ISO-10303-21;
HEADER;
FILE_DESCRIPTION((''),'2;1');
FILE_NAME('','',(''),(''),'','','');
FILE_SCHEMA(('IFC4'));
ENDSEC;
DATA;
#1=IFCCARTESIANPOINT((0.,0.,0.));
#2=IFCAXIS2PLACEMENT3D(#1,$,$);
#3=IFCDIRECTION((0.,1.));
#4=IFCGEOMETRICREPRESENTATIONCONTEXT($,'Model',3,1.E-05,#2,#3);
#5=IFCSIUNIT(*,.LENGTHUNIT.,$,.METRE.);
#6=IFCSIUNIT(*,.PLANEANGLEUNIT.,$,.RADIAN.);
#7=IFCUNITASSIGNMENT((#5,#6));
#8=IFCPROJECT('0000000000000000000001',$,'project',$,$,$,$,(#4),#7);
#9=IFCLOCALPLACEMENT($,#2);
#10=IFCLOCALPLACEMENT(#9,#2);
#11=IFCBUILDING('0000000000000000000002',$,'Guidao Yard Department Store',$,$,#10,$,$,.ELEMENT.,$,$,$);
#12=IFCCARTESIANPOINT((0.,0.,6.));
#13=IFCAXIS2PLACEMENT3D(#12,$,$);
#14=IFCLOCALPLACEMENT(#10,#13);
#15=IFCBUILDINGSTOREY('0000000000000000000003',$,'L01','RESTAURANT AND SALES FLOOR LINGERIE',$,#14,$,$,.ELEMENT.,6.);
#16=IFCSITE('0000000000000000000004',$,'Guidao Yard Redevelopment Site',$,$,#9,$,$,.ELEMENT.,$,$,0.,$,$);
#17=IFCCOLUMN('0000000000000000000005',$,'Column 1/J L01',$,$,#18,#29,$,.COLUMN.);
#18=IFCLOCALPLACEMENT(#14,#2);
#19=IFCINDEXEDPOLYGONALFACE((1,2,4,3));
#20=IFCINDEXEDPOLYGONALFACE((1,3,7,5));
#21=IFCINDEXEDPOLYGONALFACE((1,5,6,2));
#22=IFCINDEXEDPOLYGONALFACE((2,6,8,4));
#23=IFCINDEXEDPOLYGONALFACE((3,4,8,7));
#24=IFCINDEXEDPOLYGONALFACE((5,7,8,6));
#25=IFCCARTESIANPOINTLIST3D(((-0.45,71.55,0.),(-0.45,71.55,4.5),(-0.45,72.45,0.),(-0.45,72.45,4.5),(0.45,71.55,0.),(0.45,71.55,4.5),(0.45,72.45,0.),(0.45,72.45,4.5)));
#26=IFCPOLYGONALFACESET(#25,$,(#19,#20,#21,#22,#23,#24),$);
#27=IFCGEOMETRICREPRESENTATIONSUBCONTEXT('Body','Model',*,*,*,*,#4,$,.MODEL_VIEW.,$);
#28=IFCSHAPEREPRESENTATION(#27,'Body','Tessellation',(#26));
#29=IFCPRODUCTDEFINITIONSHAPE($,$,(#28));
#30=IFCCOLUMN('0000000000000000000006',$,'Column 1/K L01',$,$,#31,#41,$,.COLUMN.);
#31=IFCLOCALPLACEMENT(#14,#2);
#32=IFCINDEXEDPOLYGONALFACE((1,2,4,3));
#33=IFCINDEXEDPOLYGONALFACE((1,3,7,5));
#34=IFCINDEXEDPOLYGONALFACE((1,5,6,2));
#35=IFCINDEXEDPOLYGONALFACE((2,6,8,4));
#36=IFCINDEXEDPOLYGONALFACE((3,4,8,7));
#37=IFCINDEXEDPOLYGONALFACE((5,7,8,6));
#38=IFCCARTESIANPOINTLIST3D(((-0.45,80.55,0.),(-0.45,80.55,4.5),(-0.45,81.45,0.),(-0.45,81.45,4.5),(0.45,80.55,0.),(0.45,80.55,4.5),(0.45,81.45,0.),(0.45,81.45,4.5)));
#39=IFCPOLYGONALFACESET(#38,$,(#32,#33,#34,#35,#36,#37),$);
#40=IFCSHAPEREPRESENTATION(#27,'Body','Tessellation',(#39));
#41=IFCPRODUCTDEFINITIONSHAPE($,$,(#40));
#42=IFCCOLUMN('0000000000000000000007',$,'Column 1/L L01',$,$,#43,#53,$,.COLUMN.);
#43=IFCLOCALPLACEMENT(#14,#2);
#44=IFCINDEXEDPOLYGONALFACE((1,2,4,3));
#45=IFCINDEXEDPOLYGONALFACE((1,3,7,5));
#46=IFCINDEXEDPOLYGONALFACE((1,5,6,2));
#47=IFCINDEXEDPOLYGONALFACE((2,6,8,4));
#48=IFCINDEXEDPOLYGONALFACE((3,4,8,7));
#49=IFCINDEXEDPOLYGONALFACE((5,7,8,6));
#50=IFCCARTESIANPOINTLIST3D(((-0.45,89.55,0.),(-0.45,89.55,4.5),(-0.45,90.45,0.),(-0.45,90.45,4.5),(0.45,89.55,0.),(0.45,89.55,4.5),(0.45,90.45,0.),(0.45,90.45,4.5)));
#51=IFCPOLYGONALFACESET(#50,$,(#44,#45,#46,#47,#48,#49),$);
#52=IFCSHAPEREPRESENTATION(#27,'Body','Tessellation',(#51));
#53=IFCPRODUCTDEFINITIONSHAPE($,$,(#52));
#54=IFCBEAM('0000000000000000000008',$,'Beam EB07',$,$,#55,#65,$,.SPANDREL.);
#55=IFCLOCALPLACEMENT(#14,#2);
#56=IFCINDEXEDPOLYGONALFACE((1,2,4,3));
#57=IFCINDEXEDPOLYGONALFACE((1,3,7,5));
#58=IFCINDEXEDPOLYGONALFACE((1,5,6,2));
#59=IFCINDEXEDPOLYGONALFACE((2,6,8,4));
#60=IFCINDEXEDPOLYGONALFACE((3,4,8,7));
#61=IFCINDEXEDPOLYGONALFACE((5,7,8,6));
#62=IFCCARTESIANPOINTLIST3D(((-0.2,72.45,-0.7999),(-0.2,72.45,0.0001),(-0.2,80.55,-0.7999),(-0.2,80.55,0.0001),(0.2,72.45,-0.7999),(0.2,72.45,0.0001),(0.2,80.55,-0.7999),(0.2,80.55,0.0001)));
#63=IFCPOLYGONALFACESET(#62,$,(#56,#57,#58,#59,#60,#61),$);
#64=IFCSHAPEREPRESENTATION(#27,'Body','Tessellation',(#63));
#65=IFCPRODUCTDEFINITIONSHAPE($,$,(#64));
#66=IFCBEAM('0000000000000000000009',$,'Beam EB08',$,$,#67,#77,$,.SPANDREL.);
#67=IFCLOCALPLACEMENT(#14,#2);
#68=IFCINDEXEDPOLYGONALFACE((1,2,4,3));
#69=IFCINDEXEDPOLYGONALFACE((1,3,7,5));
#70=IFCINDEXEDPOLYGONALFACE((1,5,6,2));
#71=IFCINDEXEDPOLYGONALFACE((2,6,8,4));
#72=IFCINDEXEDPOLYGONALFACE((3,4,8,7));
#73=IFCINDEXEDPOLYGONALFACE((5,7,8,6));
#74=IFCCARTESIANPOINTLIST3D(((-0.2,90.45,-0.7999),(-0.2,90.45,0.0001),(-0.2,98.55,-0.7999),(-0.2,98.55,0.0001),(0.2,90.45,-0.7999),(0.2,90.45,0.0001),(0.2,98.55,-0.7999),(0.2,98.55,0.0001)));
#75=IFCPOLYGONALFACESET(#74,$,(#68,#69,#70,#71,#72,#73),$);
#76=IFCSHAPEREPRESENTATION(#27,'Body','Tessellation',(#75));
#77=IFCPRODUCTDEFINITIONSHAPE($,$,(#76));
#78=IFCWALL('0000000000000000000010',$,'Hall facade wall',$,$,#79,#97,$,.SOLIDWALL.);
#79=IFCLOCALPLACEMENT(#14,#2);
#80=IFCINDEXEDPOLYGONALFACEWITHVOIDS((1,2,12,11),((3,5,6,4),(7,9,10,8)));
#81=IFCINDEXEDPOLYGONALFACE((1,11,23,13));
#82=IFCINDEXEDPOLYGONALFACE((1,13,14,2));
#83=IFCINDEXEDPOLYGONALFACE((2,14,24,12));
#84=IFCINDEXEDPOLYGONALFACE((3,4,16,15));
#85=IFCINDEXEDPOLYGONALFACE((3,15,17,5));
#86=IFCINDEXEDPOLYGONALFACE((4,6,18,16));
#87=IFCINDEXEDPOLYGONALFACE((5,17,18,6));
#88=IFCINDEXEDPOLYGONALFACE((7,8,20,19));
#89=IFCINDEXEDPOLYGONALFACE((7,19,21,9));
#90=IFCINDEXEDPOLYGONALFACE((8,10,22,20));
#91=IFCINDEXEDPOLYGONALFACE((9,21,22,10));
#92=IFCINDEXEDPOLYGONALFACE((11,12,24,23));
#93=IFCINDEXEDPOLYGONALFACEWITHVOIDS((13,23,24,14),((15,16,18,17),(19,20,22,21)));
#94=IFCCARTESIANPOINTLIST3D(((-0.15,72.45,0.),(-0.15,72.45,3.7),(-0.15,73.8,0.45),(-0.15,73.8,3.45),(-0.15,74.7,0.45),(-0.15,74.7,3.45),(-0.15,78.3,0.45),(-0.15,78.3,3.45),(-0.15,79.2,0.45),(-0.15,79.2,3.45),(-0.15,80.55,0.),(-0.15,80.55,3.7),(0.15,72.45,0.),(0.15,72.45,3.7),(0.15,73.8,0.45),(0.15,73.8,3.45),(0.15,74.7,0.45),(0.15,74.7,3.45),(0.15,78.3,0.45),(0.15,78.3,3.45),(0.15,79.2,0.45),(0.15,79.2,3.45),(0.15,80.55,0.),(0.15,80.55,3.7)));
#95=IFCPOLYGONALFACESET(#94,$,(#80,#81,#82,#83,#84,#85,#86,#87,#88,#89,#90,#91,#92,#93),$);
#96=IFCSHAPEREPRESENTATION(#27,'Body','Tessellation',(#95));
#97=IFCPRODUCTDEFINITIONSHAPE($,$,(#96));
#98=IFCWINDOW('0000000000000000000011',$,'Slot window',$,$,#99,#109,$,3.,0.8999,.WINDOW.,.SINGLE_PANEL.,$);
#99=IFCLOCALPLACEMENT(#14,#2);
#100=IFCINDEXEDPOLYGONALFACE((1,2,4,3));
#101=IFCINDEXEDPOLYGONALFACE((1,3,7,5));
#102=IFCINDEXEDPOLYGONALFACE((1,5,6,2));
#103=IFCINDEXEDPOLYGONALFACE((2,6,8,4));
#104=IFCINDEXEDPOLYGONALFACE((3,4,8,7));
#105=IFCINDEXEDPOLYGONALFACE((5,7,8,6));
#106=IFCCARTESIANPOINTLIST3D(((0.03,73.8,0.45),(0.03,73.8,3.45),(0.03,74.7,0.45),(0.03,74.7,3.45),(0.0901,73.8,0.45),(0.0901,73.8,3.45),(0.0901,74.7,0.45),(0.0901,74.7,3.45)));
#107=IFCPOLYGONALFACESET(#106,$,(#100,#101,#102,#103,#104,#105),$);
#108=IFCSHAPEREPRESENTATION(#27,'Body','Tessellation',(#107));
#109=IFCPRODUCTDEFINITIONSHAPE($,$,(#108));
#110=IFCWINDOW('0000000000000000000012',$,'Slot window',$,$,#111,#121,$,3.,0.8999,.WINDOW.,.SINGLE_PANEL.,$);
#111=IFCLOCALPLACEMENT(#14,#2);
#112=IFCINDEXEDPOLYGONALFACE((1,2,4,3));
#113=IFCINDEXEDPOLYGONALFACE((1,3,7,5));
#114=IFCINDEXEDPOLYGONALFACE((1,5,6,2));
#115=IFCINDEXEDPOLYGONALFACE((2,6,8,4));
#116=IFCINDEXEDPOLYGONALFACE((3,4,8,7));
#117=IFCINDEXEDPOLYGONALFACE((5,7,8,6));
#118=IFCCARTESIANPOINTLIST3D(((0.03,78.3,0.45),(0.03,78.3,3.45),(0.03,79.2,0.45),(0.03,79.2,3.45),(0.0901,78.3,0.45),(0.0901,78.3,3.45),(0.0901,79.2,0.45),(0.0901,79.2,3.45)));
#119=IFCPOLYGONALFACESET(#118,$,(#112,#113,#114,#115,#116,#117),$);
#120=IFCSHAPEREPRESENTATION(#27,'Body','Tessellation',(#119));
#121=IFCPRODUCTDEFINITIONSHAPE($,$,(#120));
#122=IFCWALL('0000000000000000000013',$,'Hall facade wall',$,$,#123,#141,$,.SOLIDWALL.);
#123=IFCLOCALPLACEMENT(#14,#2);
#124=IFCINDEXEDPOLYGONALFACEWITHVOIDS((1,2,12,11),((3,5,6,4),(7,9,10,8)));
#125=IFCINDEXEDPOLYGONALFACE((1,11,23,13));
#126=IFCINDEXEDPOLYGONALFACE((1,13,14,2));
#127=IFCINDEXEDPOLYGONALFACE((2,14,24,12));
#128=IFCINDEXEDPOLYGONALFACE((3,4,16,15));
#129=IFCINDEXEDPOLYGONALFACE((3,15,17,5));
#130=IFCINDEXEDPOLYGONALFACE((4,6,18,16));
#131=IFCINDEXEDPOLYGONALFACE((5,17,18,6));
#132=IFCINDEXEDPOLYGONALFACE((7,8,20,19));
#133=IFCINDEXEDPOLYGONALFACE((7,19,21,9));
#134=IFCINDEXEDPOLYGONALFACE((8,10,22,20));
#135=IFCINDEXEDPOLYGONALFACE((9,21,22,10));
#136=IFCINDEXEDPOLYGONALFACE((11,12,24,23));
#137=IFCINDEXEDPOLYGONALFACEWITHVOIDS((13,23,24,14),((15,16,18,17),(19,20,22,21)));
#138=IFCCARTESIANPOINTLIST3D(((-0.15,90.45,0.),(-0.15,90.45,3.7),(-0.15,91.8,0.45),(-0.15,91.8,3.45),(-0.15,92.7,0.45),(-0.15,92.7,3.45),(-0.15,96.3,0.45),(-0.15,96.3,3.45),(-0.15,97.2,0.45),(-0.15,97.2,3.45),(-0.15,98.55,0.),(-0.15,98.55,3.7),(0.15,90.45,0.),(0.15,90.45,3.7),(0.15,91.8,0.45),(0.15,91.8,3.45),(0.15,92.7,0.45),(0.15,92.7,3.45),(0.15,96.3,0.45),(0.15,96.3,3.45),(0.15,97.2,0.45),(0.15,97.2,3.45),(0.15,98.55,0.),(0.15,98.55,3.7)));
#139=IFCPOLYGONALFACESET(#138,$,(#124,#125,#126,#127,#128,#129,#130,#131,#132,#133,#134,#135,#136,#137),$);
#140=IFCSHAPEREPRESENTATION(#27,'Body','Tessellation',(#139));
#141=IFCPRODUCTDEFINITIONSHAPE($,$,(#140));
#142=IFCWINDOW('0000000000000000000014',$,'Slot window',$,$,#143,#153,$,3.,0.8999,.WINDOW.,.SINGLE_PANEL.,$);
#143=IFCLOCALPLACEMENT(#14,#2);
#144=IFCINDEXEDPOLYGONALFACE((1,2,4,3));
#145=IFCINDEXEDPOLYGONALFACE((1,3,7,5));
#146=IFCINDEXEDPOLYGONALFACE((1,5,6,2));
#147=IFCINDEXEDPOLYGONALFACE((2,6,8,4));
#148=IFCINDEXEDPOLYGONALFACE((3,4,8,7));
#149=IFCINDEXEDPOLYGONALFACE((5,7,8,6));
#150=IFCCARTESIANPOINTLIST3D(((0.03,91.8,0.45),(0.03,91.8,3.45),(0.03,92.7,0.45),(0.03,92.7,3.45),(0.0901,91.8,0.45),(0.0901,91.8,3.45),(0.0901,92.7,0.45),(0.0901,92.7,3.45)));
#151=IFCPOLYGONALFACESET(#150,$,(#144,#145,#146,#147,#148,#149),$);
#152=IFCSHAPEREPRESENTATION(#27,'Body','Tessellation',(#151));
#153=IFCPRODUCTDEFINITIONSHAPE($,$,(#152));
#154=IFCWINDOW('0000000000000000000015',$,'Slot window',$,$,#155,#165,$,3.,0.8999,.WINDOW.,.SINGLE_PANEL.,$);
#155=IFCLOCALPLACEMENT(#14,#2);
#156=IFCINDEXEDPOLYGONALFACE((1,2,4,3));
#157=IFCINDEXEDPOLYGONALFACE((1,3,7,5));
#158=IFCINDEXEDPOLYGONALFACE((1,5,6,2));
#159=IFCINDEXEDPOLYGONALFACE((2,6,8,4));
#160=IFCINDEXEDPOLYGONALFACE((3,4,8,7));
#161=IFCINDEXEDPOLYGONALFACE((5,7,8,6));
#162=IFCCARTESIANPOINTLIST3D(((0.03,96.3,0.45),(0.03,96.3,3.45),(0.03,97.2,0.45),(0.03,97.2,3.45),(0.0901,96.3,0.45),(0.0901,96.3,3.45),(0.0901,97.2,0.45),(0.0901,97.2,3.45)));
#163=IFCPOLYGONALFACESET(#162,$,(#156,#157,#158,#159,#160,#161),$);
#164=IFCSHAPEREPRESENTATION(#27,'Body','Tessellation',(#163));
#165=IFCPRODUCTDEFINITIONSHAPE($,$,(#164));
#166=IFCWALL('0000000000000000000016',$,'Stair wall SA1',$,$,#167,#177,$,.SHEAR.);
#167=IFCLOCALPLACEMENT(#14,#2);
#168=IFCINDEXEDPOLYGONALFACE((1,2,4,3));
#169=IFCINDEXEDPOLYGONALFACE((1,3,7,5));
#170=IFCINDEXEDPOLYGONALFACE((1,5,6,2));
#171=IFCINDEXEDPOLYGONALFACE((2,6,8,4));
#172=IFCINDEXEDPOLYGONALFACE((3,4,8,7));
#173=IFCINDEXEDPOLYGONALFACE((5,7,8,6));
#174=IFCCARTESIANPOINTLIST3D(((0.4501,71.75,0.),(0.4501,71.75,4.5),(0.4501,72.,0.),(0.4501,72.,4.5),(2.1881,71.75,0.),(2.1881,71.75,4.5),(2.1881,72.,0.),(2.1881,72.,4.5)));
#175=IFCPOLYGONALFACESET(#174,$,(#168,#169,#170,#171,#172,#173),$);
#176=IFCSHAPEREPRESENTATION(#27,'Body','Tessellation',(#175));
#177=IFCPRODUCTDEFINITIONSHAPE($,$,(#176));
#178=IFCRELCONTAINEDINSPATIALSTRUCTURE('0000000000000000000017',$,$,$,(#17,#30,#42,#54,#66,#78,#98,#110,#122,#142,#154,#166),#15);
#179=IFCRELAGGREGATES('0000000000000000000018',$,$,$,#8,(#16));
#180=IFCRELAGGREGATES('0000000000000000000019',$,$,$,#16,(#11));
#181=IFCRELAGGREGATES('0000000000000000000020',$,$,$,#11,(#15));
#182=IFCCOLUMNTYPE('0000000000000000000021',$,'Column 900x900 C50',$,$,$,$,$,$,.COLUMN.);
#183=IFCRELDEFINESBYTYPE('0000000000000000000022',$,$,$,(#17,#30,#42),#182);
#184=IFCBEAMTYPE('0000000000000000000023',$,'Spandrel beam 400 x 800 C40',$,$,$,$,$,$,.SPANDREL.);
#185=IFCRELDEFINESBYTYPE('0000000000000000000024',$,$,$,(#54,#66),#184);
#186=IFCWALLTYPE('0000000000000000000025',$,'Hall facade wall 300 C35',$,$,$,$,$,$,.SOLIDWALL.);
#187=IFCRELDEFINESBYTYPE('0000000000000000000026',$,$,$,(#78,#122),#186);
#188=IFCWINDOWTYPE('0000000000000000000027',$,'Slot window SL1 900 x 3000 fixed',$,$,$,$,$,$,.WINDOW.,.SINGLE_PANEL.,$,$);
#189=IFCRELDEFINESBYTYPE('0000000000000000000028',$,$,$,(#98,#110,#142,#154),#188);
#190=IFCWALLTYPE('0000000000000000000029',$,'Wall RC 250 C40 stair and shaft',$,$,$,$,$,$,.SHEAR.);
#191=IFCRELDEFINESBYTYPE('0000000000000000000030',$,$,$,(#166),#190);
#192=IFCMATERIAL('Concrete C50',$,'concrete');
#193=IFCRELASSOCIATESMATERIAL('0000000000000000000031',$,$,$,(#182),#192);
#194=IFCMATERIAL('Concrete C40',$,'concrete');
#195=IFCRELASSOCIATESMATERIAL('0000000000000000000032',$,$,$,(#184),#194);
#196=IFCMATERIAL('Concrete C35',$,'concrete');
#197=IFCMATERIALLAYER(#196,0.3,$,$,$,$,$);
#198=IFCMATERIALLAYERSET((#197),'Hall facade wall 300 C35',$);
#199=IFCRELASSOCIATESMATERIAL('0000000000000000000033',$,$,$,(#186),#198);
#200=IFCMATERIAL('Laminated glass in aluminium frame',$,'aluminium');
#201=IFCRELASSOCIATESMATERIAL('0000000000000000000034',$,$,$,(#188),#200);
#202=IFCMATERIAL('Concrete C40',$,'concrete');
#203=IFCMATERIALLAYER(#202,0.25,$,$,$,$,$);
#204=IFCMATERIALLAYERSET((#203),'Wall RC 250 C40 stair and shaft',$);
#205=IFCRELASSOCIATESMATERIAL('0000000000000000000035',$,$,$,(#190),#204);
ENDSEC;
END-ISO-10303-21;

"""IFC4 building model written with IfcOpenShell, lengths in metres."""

from ifc_helpers import new_model, si_unit, direction, frame, frame_2d, origin, origin_2d, place, context, subcontext, project, spatial, rectangle, extrude, material, layer, layer_set, material_profile, profile_set, type_object, element, fill, save


model = new_model("IFC4")

# Units and contexts
model_context = context("Model", 3, precision=1e-05, world=origin(), true_north=direction((0.0, 1.0)))
body_context = subcontext(model_context, "Body", "Model", "MODEL_VIEW")
ifc_project = project(units=[si_unit("LENGTHUNIT", "METRE"), si_unit("PLANEANGLEUNIT", "RADIAN")], contexts=[model_context])

# Site, building, storey
site_placement = place(None, origin())
site = spatial("IfcSite", under=ifc_project, at=site_placement, Name="Guidao Yard Redevelopment Site", CompositionType="ELEMENT", RefElevation=0.0)
building_placement = place(site_placement, origin())
building = spatial("IfcBuilding", under=site, at=building_placement, Name="Guidao Yard Department Store", CompositionType="ELEMENT")
storey_placement = place(building_placement, frame((0.0, 0.0, 6.0)))
storey = spatial("IfcBuildingStorey", under=building, at=storey_placement, Name="L01", Description="RESTAURANT AND SALES FLOOR LINGERIE", CompositionType="ELEMENT", Elevation=6.0)

# Columns
ifc_material_1 = material(Name="Concrete C50", Category="concrete")
ifc_material_profile_1 = material_profile(ifc_material_1, rectangle(XDim=0.8999, YDim=0.8999, at=origin_2d()), Name="COL 900x900")
ifc_profile_set_1 = profile_set([ifc_material_profile_1], Name="Concrete C50")
column_type = type_object("IfcColumnType", Name="Column 900x900 C50", PredefinedType="COLUMN", material=ifc_profile_set_1)
for number, where, z_axis, x_axis, name in (
    (1, (0.0, 72.0, 0.0), (0.0, 0.0, 1.0), (1.0, 0.0, 0.0), "Column 1/J L01"),
    (2, (0.0, 81.0, 0.0), (0.0, 0.0, 1.0), (1.0, 0.0, 0.0), "Column 1/K L01"),
    (3, (0.0, 90.0, 0.0), (0.0, 0.0, 1.0), (1.0, 0.0, 0.0), "Column 1/L L01"),
):
    element("IfcColumn", number, at=place(storey_placement, frame(where, z_axis=z_axis, x_axis=x_axis)), inside=storey, type_object=column_type, Name=name, PredefinedType="COLUMN", context=body_context, shape_type="SweptSolid", body=[
        extrude(rectangle(XDim=0.8999, YDim=0.8999, at=origin_2d()), origin(), (0.0, 0.0, 1.0), 4.5),
    ])

# Beams
ifc_material_2 = material(Name="Concrete C40", Category="concrete")
ifc_material_profile_2 = material_profile(ifc_material_2, rectangle(XDim=0.3999, YDim=0.8, at=origin_2d()), Name="Spandrel beam 400 x 800 C40")
ifc_profile_set_2 = profile_set([ifc_material_profile_2], Name="Concrete C40")
beam_type = type_object("IfcBeamType", Name="Spandrel beam 400 x 800 C40", PredefinedType="SPANDREL", material=ifc_profile_set_2)
for number, where, z_axis, x_axis, name in (
    (4, (0.0, 72.45, -0.3999), (0.0, 1.0, 0.0), (-1.0, 0.0, 0.0), "Beam EB07"),
    (5, (0.0, 90.45, -0.3999), (0.0, 1.0, 0.0), (-1.0, 0.0, 0.0), "Beam EB08"),
):
    element("IfcBeam", number, at=place(storey_placement, frame(where, z_axis=z_axis, x_axis=x_axis)), inside=storey, type_object=beam_type, Name=name, PredefinedType="SPANDREL", context=body_context, shape_type="SweptSolid", body=[
        extrude(rectangle(XDim=0.3999, YDim=0.8, at=origin_2d()), origin(), (0.0, 0.0, 1.0), 8.1001),
    ])

# Walls, openings, windows
ifc_material_3 = material(Name="Concrete C35", Category="concrete")
ifc_layer_1 = layer(ifc_material_3, 0.3)
ifc_layer_set_1 = layer_set([ifc_layer_1], Name="Hall facade wall 300 C35")
wall_type_1 = type_object("IfcWallType", Name="Hall facade wall 300 C35", PredefinedType="SOLIDWALL", material=ifc_layer_set_1)
wall_1_placement = place(storey_placement, frame((0.0, 72.45, 0.0), z_axis=(0.0, 0.0, 1.0), x_axis=(0.0, 1.0, 0.0)))
wall_1 = element("IfcWall", 6, at=wall_1_placement, inside=storey, type_object=wall_type_1, Name="Hall facade wall", PredefinedType="SOLIDWALL", context=body_context, shape_type="SweptSolid", body=[
    extrude(rectangle(XDim=8.1001, YDim=0.3, at=frame_2d((4.05, 0.0))), origin(), (0.0, 0.0, 1.0), 3.7),
])
opening_1_placement = place(wall_1_placement, frame((1.3501, 0.0, 0.45)))
opening_1 = element("IfcOpeningElement", 7, at=opening_1_placement, cuts=wall_1, PredefinedType="OPENING", context=body_context, shape_type="SweptSolid", body=[
    extrude(rectangle(XDim=0.8999, YDim=3.0, at=frame_2d((0.45, 1.5))), frame((0.0, 0.1599, 0.0), z_axis=(0.0, -1.0, 0.0), x_axis=(1.0, 0.0, 0.0)), (0.0, 0.0, 1.0), 0.3201),
])
opening_2_placement = place(wall_1_placement, frame((5.8501, 0.0, 0.45)))
opening_2 = element("IfcOpeningElement", 8, at=opening_2_placement, cuts=wall_1, PredefinedType="OPENING", context=body_context, shape_type="SweptSolid", body=[
    extrude(rectangle(XDim=0.8999, YDim=3.0, at=frame_2d((0.45, 1.5))), frame((0.0, 0.1599, 0.0), z_axis=(0.0, -1.0, 0.0), x_axis=(1.0, 0.0, 0.0)), (0.0, 0.0, 1.0), 0.3201),
])
ifc_material_4 = material(Name="Laminated glass in aluminium frame", Category="aluminium")
window_type = type_object("IfcWindowType", Name="Slot window SL1 900 x 3000 fixed", PartitioningType="SINGLE_PANEL", PredefinedType="WINDOW", material=ifc_material_4)
window_1_placement = place(opening_1_placement, origin())
window_1 = element("IfcWindow", 9, at=window_1_placement, inside=storey, type_object=window_type, Name="Slot window", OverallHeight=3.0, OverallWidth=0.8999, PartitioningType="SINGLE_PANEL", PredefinedType="WINDOW", context=body_context, shape_type="SweptSolid", body=[
    extrude(rectangle(XDim=0.8999, YDim=3.0, at=frame_2d((0.45, 1.5))), frame((0.0, -0.03, 0.0), z_axis=(0.0, -1.0, 0.0), x_axis=(1.0, 0.0, 0.0)), (0.0, 0.0, 1.0), 0.0601),
])
fill(opening_1, window_1)
window_2_placement = place(opening_2_placement, origin())
window_2 = element("IfcWindow", 10, at=window_2_placement, inside=storey, type_object=window_type, Name="Slot window", OverallHeight=3.0, OverallWidth=0.8999, PartitioningType="SINGLE_PANEL", PredefinedType="WINDOW", context=body_context, shape_type="SweptSolid", body=[
    extrude(rectangle(XDim=0.8999, YDim=3.0, at=frame_2d((0.45, 1.5))), frame((0.0, -0.03, 0.0), z_axis=(0.0, -1.0, 0.0), x_axis=(1.0, 0.0, 0.0)), (0.0, 0.0, 1.0), 0.0601),
])
fill(opening_2, window_2)
wall_2_placement = place(storey_placement, frame((0.0, 90.45, 0.0), z_axis=(0.0, 0.0, 1.0), x_axis=(0.0, 1.0, 0.0)))
wall_2 = element("IfcWall", 11, at=wall_2_placement, inside=storey, type_object=wall_type_1, Name="Hall facade wall", PredefinedType="SOLIDWALL", context=body_context, shape_type="SweptSolid", body=[
    extrude(rectangle(XDim=8.1001, YDim=0.3, at=frame_2d((4.05, 0.0))), origin(), (0.0, 0.0, 1.0), 3.7),
])
opening_3_placement = place(wall_2_placement, frame((1.3501, 0.0, 0.45)))
opening_3 = element("IfcOpeningElement", 12, at=opening_3_placement, cuts=wall_2, PredefinedType="OPENING", context=body_context, shape_type="SweptSolid", body=[
    extrude(rectangle(XDim=0.8999, YDim=3.0, at=frame_2d((0.45, 1.5))), frame((0.0, 0.1599, 0.0), z_axis=(0.0, -1.0, 0.0), x_axis=(1.0, 0.0, 0.0)), (0.0, 0.0, 1.0), 0.3201),
])
opening_4_placement = place(wall_2_placement, frame((5.8501, 0.0, 0.45)))
opening_4 = element("IfcOpeningElement", 13, at=opening_4_placement, cuts=wall_2, PredefinedType="OPENING", context=body_context, shape_type="SweptSolid", body=[
    extrude(rectangle(XDim=0.8999, YDim=3.0, at=frame_2d((0.45, 1.5))), frame((0.0, 0.1599, 0.0), z_axis=(0.0, -1.0, 0.0), x_axis=(1.0, 0.0, 0.0)), (0.0, 0.0, 1.0), 0.3201),
])
window_3_placement = place(opening_3_placement, origin())
window_3 = element("IfcWindow", 14, at=window_3_placement, inside=storey, type_object=window_type, Name="Slot window", OverallHeight=3.0, OverallWidth=0.8999, PartitioningType="SINGLE_PANEL", PredefinedType="WINDOW", context=body_context, shape_type="SweptSolid", body=[
    extrude(rectangle(XDim=0.8999, YDim=3.0, at=frame_2d((0.45, 1.5))), frame((0.0, -0.03, 0.0), z_axis=(0.0, -1.0, 0.0), x_axis=(1.0, 0.0, 0.0)), (0.0, 0.0, 1.0), 0.0601),
])
fill(opening_3, window_3)
window_4_placement = place(opening_4_placement, origin())
window_4 = element("IfcWindow", 15, at=window_4_placement, inside=storey, type_object=window_type, Name="Slot window", OverallHeight=3.0, OverallWidth=0.8999, PartitioningType="SINGLE_PANEL", PredefinedType="WINDOW", context=body_context, shape_type="SweptSolid", body=[
    extrude(rectangle(XDim=0.8999, YDim=3.0, at=frame_2d((0.45, 1.5))), frame((0.0, -0.03, 0.0), z_axis=(0.0, -1.0, 0.0), x_axis=(1.0, 0.0, 0.0)), (0.0, 0.0, 1.0), 0.0601),
])
fill(opening_4, window_4)

# Wall
ifc_material_5 = material(Name="Concrete C40", Category="concrete")
ifc_layer_2 = layer(ifc_material_5, 0.25)
ifc_layer_set_2 = layer_set([ifc_layer_2], Name="Wall RC 250 C40 stair and shaft")
wall_type_2 = type_object("IfcWallType", Name="Wall RC 250 C40 stair and shaft", PredefinedType="SHEAR", material=ifc_layer_set_2)
wall_3_placement = place(storey_placement, frame((0.45, 71.875, 0.0), z_axis=(0.0, 0.0, 1.0), x_axis=(1.0, 0.0, 0.0)))
element("IfcWall", 16, at=wall_3_placement, inside=storey, type_object=wall_type_2, Name="Stair wall SA1", PredefinedType="SHEAR", context=body_context, shape_type="SweptSolid", body=[
    extrude(rectangle(XDim=1.738, YDim=0.25, at=frame_2d((0.8691, 0.0))), origin(), (0.0, 0.0, 1.0), 4.5),
])

save(model, "model.ifc")
